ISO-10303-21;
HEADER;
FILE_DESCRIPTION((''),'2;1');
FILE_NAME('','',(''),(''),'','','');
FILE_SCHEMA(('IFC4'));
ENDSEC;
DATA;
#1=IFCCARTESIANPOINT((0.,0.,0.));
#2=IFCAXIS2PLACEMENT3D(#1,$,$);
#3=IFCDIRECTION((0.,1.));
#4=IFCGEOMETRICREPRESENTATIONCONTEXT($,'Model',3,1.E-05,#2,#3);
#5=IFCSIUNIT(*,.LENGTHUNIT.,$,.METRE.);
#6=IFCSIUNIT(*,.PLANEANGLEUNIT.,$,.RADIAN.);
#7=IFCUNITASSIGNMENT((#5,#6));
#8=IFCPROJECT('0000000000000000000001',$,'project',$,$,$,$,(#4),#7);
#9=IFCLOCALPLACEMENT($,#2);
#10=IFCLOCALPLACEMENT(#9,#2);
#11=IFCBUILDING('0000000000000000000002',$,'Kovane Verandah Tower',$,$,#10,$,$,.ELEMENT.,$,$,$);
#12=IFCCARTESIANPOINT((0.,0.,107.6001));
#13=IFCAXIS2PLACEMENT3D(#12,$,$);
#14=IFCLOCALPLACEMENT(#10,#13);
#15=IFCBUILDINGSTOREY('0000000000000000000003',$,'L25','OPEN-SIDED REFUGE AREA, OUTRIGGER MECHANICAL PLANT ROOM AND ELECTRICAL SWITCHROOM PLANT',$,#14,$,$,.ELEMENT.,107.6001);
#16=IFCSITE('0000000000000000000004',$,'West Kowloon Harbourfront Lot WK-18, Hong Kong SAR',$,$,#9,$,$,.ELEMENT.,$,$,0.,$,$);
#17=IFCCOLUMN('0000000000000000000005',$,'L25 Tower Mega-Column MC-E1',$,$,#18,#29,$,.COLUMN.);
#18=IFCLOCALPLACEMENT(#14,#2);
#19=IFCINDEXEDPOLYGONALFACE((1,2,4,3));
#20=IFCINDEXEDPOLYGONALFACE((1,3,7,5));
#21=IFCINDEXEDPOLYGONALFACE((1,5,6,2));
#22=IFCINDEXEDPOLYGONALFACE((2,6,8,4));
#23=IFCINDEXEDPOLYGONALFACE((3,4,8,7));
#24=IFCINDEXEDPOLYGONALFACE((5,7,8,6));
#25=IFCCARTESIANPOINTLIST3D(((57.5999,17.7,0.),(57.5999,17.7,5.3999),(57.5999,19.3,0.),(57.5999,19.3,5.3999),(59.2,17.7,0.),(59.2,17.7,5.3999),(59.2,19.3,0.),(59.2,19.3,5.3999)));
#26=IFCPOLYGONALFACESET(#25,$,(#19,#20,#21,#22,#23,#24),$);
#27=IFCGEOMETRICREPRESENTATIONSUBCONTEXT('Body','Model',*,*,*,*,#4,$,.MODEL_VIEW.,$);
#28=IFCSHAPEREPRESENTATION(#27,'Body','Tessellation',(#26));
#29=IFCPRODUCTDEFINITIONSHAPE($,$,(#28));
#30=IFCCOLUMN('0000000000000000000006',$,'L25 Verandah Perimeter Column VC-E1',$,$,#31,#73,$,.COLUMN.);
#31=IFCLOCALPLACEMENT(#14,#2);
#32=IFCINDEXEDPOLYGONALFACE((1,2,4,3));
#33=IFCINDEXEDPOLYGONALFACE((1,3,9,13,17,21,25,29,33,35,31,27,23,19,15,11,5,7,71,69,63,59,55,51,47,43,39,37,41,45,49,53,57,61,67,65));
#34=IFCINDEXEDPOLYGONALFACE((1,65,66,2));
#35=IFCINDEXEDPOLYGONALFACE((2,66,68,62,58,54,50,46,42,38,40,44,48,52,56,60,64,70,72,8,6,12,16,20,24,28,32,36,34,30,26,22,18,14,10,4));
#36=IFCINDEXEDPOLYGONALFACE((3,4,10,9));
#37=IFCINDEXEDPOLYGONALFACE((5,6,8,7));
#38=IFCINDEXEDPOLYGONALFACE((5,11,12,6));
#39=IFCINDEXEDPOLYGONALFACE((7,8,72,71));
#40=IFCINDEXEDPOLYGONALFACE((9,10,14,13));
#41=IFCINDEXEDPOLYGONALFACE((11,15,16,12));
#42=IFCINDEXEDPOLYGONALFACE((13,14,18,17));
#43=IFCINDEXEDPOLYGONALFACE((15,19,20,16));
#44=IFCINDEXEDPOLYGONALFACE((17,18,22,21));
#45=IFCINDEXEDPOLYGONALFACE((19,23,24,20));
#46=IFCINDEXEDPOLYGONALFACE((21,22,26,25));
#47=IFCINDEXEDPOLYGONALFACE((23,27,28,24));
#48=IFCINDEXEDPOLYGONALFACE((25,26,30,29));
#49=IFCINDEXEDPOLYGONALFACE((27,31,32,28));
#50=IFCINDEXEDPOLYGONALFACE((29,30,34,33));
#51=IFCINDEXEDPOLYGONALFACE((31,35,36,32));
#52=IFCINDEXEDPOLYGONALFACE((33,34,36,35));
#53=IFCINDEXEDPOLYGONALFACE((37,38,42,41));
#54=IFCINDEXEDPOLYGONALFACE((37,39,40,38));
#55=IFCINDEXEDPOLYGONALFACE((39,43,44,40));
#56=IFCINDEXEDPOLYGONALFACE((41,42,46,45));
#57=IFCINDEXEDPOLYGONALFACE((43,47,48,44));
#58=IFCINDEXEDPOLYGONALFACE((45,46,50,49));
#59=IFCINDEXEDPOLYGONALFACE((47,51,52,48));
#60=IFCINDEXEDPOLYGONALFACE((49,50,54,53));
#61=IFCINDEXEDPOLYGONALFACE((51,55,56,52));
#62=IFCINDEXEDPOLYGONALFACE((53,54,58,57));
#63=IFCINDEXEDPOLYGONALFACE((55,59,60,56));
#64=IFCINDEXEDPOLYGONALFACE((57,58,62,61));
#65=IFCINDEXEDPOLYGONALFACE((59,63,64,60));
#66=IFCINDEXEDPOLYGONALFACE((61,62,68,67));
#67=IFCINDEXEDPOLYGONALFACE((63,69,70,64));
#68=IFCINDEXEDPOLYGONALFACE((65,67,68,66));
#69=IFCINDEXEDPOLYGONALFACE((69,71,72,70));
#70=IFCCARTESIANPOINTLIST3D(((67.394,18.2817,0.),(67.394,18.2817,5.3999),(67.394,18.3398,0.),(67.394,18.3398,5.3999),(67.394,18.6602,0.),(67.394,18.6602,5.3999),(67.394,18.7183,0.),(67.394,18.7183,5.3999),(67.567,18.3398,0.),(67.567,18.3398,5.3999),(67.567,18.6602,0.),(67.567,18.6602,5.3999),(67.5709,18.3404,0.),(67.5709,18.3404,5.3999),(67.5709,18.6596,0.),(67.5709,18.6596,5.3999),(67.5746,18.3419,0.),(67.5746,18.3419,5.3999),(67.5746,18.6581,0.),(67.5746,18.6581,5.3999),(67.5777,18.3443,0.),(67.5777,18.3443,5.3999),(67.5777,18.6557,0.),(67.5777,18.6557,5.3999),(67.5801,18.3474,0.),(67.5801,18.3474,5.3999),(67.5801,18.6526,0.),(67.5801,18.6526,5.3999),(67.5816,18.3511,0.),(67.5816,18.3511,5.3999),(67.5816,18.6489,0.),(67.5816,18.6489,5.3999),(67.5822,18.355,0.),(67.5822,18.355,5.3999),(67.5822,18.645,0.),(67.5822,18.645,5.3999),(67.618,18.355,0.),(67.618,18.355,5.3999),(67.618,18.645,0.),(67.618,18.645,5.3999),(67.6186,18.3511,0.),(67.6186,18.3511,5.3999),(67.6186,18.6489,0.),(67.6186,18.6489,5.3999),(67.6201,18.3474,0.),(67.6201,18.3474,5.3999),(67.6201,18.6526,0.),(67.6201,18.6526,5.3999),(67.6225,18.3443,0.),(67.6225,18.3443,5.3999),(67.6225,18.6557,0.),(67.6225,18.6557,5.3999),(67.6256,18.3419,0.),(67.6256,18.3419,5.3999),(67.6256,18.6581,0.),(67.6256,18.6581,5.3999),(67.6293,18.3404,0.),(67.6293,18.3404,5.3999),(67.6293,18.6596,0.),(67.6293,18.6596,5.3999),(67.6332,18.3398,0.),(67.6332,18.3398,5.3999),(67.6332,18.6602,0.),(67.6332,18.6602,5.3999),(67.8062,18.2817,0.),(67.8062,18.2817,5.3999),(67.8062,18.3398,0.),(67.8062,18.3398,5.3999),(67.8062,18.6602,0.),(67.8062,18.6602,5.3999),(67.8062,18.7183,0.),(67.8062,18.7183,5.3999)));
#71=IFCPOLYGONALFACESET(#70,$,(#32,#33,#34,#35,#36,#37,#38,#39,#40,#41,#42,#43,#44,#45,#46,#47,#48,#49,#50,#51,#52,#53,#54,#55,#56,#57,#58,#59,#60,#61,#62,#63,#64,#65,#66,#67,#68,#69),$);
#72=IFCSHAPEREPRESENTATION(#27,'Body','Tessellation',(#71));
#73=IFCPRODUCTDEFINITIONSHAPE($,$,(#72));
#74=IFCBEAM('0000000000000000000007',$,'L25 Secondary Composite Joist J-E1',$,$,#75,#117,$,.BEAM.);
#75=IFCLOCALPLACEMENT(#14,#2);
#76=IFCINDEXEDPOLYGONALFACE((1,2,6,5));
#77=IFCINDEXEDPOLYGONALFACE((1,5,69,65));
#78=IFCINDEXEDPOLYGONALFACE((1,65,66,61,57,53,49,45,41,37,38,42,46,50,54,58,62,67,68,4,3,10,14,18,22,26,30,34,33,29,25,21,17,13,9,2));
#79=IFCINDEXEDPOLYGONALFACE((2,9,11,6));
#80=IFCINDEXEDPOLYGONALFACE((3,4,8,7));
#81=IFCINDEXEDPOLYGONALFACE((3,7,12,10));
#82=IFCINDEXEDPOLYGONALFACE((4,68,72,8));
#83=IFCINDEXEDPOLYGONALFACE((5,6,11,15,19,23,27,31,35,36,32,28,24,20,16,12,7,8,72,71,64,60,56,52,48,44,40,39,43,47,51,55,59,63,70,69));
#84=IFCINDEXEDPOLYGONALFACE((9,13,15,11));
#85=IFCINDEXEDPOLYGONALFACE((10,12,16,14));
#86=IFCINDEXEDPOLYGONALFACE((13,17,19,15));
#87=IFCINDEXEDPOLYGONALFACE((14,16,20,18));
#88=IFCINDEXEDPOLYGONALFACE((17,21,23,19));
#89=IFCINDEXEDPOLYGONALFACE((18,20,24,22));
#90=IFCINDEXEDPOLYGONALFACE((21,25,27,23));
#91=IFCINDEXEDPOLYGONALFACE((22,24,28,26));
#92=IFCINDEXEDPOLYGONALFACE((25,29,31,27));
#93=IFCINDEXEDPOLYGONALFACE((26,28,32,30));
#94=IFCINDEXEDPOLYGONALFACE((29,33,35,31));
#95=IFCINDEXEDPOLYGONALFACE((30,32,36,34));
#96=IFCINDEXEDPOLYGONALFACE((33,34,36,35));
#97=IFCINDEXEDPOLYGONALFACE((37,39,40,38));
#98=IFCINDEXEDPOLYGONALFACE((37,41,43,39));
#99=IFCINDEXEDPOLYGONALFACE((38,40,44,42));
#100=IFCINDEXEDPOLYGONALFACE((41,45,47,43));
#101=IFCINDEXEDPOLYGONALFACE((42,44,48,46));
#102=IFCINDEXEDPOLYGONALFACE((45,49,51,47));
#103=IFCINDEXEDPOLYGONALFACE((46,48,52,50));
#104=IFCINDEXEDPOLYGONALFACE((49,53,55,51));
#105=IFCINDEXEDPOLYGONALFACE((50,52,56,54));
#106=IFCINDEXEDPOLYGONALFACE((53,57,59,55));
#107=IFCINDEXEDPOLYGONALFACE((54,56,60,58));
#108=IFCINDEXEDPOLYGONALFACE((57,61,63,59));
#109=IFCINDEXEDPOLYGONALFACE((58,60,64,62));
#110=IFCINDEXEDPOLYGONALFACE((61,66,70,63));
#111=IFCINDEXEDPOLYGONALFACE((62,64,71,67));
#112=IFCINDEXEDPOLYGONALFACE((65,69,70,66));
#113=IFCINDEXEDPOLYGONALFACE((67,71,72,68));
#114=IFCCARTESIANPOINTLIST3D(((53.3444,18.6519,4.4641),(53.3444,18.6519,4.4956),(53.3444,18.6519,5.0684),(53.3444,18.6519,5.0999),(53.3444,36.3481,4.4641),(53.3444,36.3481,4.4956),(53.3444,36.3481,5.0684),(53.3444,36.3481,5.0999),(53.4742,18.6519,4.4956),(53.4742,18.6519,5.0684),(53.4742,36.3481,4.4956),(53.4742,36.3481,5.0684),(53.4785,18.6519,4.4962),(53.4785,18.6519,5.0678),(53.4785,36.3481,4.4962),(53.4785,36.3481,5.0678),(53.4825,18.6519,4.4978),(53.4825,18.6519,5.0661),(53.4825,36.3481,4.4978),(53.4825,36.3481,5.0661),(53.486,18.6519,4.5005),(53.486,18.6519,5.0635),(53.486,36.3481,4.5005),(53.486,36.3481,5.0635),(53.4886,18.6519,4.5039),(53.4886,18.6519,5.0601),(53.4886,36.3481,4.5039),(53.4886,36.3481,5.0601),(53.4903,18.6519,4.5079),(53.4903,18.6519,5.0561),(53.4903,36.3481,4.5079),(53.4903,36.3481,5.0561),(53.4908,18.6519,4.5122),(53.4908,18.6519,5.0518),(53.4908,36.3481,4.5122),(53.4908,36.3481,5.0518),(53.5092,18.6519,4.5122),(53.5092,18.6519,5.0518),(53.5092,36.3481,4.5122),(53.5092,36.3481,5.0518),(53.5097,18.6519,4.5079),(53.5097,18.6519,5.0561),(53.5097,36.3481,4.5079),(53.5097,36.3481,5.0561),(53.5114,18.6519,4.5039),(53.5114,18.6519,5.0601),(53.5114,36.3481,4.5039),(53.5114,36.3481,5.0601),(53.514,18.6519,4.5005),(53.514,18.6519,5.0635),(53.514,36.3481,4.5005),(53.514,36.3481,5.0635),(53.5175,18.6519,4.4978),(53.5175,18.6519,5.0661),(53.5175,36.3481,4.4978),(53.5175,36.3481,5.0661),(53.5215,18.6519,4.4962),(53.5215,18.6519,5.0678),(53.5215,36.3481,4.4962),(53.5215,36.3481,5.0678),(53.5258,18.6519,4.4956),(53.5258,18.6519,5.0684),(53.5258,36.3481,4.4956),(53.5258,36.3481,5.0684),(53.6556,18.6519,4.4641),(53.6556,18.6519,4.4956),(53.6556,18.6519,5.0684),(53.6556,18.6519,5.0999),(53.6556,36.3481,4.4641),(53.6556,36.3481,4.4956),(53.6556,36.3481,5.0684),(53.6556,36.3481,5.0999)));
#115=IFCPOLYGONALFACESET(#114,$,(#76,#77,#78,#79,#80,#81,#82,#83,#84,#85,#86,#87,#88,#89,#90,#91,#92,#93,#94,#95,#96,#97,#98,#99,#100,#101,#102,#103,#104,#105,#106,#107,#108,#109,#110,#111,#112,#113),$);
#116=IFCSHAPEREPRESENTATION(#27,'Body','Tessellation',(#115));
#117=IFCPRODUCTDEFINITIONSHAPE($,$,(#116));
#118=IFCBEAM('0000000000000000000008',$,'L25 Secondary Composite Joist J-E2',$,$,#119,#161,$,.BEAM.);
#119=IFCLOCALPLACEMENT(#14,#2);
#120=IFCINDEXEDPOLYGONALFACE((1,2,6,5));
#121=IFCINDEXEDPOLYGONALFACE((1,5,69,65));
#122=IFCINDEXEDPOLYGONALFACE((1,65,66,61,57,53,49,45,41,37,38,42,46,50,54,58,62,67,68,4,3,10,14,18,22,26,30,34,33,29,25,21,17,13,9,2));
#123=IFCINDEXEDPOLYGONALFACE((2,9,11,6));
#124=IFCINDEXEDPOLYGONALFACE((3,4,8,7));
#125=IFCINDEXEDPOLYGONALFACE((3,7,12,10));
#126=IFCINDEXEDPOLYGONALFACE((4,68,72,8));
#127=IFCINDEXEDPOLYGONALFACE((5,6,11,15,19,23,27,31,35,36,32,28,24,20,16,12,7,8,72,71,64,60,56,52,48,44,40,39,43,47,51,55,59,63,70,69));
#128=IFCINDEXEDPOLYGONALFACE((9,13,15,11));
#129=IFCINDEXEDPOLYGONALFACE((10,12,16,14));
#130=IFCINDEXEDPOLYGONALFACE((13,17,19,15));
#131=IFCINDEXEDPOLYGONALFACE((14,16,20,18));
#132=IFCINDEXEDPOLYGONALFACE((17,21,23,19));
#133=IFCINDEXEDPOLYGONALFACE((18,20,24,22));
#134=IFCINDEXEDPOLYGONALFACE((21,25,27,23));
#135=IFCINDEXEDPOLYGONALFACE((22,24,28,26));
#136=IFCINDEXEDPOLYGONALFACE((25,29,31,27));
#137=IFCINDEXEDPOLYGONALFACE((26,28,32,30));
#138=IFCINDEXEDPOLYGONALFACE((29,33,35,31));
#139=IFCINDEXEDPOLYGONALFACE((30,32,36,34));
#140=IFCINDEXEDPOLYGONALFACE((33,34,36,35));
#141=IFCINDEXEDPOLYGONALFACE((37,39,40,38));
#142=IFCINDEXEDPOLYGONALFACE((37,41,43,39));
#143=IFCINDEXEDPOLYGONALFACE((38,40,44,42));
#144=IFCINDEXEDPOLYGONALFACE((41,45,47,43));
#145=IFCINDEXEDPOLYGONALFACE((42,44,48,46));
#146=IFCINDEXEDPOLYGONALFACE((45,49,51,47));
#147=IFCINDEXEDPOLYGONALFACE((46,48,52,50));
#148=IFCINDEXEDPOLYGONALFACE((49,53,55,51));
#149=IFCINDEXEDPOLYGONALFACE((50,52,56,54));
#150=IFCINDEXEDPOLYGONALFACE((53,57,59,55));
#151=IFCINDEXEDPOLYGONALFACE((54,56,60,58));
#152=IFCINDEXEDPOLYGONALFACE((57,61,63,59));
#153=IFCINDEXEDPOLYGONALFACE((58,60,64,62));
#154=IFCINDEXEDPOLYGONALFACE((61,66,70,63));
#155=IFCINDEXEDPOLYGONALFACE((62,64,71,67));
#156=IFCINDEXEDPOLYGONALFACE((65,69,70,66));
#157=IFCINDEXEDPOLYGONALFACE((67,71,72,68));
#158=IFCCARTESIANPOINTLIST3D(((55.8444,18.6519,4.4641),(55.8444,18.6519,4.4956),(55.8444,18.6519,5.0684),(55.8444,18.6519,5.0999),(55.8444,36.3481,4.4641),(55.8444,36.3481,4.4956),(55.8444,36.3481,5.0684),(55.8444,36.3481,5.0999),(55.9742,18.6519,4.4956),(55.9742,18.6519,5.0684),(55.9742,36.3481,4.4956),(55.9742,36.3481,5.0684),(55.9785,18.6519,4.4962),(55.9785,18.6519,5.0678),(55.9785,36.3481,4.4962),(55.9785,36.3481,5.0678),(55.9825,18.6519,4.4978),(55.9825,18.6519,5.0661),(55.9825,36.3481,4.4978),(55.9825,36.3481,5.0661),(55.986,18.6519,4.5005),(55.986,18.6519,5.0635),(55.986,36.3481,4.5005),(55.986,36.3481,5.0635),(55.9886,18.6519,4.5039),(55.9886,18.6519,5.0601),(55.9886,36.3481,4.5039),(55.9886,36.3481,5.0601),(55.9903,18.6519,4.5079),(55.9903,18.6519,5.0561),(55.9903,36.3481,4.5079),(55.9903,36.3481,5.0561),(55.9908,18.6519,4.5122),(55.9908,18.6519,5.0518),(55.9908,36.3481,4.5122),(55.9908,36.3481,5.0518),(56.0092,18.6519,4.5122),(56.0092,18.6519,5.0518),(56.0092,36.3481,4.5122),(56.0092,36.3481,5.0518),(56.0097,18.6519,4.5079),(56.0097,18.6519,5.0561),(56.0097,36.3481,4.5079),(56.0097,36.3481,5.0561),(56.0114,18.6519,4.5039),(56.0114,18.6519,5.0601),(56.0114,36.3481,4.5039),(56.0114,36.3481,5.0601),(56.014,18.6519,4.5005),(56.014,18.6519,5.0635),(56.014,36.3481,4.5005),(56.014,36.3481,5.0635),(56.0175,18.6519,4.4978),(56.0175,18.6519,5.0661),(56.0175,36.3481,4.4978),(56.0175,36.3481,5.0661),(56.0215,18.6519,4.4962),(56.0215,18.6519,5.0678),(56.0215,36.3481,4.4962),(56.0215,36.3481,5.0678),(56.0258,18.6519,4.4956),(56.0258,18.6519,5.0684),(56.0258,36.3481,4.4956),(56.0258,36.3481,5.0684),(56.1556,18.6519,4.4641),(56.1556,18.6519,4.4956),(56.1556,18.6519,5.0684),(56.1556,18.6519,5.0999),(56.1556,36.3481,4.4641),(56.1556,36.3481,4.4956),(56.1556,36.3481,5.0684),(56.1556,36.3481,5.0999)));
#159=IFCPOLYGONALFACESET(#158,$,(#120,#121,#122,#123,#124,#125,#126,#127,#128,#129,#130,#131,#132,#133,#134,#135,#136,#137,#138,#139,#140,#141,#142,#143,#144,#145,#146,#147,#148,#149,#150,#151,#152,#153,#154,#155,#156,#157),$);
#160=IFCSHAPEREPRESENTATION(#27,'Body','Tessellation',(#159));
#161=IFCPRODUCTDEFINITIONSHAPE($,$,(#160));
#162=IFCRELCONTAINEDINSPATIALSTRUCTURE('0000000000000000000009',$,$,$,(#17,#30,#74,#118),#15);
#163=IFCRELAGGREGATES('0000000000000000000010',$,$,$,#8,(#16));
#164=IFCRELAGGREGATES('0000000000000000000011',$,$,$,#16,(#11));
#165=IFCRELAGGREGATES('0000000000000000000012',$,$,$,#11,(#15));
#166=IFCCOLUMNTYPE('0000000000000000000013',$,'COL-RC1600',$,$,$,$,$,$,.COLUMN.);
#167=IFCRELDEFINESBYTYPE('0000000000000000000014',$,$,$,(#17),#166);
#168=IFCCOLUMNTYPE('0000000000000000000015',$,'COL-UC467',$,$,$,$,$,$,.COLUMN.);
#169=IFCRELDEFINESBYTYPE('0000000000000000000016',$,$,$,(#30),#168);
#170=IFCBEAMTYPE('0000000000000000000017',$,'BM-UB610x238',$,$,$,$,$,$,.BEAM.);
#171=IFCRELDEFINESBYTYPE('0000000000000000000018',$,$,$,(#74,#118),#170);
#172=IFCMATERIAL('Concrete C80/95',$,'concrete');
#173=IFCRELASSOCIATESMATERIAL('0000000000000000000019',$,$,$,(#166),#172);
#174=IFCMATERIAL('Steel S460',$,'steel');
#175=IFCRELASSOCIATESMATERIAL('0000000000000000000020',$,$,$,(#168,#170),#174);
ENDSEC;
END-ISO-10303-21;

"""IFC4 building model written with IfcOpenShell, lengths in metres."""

from ifc_helpers import new_model, si_unit, direction, frame, origin, origin_2d, place, context, subcontext, project, spatial, rectangle, i_section, extrude, material, material_profile, profile_set, type_object, element, save


model = new_model("IFC4")

# Units and contexts
model_context = context("Model", 3, precision=1e-05, world=origin(), true_north=direction((0.0, 1.0)))
body_context = subcontext(model_context, "Body", "Model", "MODEL_VIEW")
ifc_project = project(units=[si_unit("LENGTHUNIT", "METRE"), si_unit("PLANEANGLEUNIT", "RADIAN")], contexts=[model_context])

# Site, building, storey
site_placement = place(None, origin())
site = spatial("IfcSite", under=ifc_project, at=site_placement, Name="West Kowloon Harbourfront Lot WK-18, Hong Kong SAR", CompositionType="ELEMENT", RefElevation=0.0)
building_placement = place(site_placement, origin())
building = spatial("IfcBuilding", under=site, at=building_placement, Name="Kovane Verandah Tower", CompositionType="ELEMENT")
storey_placement = place(building_placement, frame((0.0, 0.0, 107.6001)))
storey = spatial("IfcBuildingStorey", under=building, at=storey_placement, Name="L25", Description="OPEN-SIDED REFUGE AREA, OUTRIGGER MECHANICAL PLANT ROOM AND ELECTRICAL SWITCHROOM PLANT", CompositionType="ELEMENT", Elevation=107.6001)

# Columns
ifc_material_1 = material(Name="Concrete C80/95", Category="concrete")
ifc_material_profile_1 = material_profile(ifc_material_1, rectangle(XDim=1.6001, YDim=1.6001, at=origin_2d()), Name="RC1600x1600")
ifc_profile_set_1 = profile_set([ifc_material_profile_1], Name="Concrete C80/95")
column_type_1 = type_object("IfcColumnType", Name="COL-RC1600", PredefinedType="COLUMN", material=ifc_profile_set_1)
column_1_placement = place(storey_placement, frame((58.3999, 18.5, 0.0), z_axis=(0.0, 0.0, 1.0), x_axis=(1.0, 0.0, 0.0)))
element("IfcColumn", 1, at=column_1_placement, inside=storey, type_object=column_type_1, Name="L25 Tower Mega-Column MC-E1", PredefinedType="COLUMN", context=body_context, shape_type="SweptSolid", body=[
    extrude(rectangle(XDim=1.6001, YDim=1.6001, at=origin_2d()), origin(), (0.0, 0.0, 1.0), 5.3999),
])
ifc_material_2 = material(Name="Steel S460", Category="steel")
ifc_material_profile_2 = material_profile(ifc_material_2, i_section(OverallWidth=0.4121, OverallDepth=0.4365, WebThickness=0.0359, FlangeThickness=0.0581, FilletRadius=0.0151, at=origin_2d()), Name="UC356x406x467")
ifc_profile_set_2 = profile_set([ifc_material_profile_2], Name="Steel S460")
column_type_2 = type_object("IfcColumnType", Name="COL-UC467", PredefinedType="COLUMN", material=ifc_profile_set_2)
column_2_placement = place(storey_placement, frame((67.6001, 18.5, 0.0), z_axis=(0.0, 0.0, 1.0), x_axis=(1.0, 0.0, 0.0)))
element("IfcColumn", 2, at=column_2_placement, inside=storey, type_object=column_type_2, Name="L25 Verandah Perimeter Column VC-E1", PredefinedType="COLUMN", context=body_context, shape_type="SweptSolid", body=[
    extrude(i_section(OverallWidth=0.4121, OverallDepth=0.4365, WebThickness=0.0359, FlangeThickness=0.0581, FilletRadius=0.0151, at=origin_2d()), origin(), (0.0, 0.0, 1.0), 5.3999),
])

# Beams
ifc_material_profile_3 = material_profile(ifc_material_2, i_section(OverallWidth=0.3113, OverallDepth=0.6357, WebThickness=0.0183, FlangeThickness=0.0315, FilletRadius=0.0166, at=origin_2d()), Name="UB610x305x238")
ifc_profile_set_3 = profile_set([ifc_material_profile_3], Name="Steel S460")
beam_type_1 = type_object("IfcBeamType", Name="BM-UB610x238", PredefinedType="BEAM", material=ifc_profile_set_3)
for number, where, z_axis, x_axis, name in (
    (3, (53.5, 18.6519, 4.782), (0.0, 1.0, 0.0), (-1.0, 0.0, 0.0), "L25 Secondary Composite Joist J-E1"),
    (4, (56.0, 18.6519, 4.782), (0.0, 1.0, 0.0), (-1.0, 0.0, 0.0), "L25 Secondary Composite Joist J-E2"),
):
    element("IfcBeam", number, at=place(storey_placement, frame(where, z_axis=z_axis, x_axis=x_axis)), inside=storey, type_object=beam_type_1, Name=name, PredefinedType="BEAM", context=body_context, shape_type="SweptSolid", body=[
        extrude(i_section(OverallWidth=0.3113, OverallDepth=0.6357, WebThickness=0.0183, FlangeThickness=0.0315, FilletRadius=0.0166, at=origin_2d()), origin(), (0.0, 0.0, 1.0), 17.6963),
    ])

save(model, "model.ifc")
